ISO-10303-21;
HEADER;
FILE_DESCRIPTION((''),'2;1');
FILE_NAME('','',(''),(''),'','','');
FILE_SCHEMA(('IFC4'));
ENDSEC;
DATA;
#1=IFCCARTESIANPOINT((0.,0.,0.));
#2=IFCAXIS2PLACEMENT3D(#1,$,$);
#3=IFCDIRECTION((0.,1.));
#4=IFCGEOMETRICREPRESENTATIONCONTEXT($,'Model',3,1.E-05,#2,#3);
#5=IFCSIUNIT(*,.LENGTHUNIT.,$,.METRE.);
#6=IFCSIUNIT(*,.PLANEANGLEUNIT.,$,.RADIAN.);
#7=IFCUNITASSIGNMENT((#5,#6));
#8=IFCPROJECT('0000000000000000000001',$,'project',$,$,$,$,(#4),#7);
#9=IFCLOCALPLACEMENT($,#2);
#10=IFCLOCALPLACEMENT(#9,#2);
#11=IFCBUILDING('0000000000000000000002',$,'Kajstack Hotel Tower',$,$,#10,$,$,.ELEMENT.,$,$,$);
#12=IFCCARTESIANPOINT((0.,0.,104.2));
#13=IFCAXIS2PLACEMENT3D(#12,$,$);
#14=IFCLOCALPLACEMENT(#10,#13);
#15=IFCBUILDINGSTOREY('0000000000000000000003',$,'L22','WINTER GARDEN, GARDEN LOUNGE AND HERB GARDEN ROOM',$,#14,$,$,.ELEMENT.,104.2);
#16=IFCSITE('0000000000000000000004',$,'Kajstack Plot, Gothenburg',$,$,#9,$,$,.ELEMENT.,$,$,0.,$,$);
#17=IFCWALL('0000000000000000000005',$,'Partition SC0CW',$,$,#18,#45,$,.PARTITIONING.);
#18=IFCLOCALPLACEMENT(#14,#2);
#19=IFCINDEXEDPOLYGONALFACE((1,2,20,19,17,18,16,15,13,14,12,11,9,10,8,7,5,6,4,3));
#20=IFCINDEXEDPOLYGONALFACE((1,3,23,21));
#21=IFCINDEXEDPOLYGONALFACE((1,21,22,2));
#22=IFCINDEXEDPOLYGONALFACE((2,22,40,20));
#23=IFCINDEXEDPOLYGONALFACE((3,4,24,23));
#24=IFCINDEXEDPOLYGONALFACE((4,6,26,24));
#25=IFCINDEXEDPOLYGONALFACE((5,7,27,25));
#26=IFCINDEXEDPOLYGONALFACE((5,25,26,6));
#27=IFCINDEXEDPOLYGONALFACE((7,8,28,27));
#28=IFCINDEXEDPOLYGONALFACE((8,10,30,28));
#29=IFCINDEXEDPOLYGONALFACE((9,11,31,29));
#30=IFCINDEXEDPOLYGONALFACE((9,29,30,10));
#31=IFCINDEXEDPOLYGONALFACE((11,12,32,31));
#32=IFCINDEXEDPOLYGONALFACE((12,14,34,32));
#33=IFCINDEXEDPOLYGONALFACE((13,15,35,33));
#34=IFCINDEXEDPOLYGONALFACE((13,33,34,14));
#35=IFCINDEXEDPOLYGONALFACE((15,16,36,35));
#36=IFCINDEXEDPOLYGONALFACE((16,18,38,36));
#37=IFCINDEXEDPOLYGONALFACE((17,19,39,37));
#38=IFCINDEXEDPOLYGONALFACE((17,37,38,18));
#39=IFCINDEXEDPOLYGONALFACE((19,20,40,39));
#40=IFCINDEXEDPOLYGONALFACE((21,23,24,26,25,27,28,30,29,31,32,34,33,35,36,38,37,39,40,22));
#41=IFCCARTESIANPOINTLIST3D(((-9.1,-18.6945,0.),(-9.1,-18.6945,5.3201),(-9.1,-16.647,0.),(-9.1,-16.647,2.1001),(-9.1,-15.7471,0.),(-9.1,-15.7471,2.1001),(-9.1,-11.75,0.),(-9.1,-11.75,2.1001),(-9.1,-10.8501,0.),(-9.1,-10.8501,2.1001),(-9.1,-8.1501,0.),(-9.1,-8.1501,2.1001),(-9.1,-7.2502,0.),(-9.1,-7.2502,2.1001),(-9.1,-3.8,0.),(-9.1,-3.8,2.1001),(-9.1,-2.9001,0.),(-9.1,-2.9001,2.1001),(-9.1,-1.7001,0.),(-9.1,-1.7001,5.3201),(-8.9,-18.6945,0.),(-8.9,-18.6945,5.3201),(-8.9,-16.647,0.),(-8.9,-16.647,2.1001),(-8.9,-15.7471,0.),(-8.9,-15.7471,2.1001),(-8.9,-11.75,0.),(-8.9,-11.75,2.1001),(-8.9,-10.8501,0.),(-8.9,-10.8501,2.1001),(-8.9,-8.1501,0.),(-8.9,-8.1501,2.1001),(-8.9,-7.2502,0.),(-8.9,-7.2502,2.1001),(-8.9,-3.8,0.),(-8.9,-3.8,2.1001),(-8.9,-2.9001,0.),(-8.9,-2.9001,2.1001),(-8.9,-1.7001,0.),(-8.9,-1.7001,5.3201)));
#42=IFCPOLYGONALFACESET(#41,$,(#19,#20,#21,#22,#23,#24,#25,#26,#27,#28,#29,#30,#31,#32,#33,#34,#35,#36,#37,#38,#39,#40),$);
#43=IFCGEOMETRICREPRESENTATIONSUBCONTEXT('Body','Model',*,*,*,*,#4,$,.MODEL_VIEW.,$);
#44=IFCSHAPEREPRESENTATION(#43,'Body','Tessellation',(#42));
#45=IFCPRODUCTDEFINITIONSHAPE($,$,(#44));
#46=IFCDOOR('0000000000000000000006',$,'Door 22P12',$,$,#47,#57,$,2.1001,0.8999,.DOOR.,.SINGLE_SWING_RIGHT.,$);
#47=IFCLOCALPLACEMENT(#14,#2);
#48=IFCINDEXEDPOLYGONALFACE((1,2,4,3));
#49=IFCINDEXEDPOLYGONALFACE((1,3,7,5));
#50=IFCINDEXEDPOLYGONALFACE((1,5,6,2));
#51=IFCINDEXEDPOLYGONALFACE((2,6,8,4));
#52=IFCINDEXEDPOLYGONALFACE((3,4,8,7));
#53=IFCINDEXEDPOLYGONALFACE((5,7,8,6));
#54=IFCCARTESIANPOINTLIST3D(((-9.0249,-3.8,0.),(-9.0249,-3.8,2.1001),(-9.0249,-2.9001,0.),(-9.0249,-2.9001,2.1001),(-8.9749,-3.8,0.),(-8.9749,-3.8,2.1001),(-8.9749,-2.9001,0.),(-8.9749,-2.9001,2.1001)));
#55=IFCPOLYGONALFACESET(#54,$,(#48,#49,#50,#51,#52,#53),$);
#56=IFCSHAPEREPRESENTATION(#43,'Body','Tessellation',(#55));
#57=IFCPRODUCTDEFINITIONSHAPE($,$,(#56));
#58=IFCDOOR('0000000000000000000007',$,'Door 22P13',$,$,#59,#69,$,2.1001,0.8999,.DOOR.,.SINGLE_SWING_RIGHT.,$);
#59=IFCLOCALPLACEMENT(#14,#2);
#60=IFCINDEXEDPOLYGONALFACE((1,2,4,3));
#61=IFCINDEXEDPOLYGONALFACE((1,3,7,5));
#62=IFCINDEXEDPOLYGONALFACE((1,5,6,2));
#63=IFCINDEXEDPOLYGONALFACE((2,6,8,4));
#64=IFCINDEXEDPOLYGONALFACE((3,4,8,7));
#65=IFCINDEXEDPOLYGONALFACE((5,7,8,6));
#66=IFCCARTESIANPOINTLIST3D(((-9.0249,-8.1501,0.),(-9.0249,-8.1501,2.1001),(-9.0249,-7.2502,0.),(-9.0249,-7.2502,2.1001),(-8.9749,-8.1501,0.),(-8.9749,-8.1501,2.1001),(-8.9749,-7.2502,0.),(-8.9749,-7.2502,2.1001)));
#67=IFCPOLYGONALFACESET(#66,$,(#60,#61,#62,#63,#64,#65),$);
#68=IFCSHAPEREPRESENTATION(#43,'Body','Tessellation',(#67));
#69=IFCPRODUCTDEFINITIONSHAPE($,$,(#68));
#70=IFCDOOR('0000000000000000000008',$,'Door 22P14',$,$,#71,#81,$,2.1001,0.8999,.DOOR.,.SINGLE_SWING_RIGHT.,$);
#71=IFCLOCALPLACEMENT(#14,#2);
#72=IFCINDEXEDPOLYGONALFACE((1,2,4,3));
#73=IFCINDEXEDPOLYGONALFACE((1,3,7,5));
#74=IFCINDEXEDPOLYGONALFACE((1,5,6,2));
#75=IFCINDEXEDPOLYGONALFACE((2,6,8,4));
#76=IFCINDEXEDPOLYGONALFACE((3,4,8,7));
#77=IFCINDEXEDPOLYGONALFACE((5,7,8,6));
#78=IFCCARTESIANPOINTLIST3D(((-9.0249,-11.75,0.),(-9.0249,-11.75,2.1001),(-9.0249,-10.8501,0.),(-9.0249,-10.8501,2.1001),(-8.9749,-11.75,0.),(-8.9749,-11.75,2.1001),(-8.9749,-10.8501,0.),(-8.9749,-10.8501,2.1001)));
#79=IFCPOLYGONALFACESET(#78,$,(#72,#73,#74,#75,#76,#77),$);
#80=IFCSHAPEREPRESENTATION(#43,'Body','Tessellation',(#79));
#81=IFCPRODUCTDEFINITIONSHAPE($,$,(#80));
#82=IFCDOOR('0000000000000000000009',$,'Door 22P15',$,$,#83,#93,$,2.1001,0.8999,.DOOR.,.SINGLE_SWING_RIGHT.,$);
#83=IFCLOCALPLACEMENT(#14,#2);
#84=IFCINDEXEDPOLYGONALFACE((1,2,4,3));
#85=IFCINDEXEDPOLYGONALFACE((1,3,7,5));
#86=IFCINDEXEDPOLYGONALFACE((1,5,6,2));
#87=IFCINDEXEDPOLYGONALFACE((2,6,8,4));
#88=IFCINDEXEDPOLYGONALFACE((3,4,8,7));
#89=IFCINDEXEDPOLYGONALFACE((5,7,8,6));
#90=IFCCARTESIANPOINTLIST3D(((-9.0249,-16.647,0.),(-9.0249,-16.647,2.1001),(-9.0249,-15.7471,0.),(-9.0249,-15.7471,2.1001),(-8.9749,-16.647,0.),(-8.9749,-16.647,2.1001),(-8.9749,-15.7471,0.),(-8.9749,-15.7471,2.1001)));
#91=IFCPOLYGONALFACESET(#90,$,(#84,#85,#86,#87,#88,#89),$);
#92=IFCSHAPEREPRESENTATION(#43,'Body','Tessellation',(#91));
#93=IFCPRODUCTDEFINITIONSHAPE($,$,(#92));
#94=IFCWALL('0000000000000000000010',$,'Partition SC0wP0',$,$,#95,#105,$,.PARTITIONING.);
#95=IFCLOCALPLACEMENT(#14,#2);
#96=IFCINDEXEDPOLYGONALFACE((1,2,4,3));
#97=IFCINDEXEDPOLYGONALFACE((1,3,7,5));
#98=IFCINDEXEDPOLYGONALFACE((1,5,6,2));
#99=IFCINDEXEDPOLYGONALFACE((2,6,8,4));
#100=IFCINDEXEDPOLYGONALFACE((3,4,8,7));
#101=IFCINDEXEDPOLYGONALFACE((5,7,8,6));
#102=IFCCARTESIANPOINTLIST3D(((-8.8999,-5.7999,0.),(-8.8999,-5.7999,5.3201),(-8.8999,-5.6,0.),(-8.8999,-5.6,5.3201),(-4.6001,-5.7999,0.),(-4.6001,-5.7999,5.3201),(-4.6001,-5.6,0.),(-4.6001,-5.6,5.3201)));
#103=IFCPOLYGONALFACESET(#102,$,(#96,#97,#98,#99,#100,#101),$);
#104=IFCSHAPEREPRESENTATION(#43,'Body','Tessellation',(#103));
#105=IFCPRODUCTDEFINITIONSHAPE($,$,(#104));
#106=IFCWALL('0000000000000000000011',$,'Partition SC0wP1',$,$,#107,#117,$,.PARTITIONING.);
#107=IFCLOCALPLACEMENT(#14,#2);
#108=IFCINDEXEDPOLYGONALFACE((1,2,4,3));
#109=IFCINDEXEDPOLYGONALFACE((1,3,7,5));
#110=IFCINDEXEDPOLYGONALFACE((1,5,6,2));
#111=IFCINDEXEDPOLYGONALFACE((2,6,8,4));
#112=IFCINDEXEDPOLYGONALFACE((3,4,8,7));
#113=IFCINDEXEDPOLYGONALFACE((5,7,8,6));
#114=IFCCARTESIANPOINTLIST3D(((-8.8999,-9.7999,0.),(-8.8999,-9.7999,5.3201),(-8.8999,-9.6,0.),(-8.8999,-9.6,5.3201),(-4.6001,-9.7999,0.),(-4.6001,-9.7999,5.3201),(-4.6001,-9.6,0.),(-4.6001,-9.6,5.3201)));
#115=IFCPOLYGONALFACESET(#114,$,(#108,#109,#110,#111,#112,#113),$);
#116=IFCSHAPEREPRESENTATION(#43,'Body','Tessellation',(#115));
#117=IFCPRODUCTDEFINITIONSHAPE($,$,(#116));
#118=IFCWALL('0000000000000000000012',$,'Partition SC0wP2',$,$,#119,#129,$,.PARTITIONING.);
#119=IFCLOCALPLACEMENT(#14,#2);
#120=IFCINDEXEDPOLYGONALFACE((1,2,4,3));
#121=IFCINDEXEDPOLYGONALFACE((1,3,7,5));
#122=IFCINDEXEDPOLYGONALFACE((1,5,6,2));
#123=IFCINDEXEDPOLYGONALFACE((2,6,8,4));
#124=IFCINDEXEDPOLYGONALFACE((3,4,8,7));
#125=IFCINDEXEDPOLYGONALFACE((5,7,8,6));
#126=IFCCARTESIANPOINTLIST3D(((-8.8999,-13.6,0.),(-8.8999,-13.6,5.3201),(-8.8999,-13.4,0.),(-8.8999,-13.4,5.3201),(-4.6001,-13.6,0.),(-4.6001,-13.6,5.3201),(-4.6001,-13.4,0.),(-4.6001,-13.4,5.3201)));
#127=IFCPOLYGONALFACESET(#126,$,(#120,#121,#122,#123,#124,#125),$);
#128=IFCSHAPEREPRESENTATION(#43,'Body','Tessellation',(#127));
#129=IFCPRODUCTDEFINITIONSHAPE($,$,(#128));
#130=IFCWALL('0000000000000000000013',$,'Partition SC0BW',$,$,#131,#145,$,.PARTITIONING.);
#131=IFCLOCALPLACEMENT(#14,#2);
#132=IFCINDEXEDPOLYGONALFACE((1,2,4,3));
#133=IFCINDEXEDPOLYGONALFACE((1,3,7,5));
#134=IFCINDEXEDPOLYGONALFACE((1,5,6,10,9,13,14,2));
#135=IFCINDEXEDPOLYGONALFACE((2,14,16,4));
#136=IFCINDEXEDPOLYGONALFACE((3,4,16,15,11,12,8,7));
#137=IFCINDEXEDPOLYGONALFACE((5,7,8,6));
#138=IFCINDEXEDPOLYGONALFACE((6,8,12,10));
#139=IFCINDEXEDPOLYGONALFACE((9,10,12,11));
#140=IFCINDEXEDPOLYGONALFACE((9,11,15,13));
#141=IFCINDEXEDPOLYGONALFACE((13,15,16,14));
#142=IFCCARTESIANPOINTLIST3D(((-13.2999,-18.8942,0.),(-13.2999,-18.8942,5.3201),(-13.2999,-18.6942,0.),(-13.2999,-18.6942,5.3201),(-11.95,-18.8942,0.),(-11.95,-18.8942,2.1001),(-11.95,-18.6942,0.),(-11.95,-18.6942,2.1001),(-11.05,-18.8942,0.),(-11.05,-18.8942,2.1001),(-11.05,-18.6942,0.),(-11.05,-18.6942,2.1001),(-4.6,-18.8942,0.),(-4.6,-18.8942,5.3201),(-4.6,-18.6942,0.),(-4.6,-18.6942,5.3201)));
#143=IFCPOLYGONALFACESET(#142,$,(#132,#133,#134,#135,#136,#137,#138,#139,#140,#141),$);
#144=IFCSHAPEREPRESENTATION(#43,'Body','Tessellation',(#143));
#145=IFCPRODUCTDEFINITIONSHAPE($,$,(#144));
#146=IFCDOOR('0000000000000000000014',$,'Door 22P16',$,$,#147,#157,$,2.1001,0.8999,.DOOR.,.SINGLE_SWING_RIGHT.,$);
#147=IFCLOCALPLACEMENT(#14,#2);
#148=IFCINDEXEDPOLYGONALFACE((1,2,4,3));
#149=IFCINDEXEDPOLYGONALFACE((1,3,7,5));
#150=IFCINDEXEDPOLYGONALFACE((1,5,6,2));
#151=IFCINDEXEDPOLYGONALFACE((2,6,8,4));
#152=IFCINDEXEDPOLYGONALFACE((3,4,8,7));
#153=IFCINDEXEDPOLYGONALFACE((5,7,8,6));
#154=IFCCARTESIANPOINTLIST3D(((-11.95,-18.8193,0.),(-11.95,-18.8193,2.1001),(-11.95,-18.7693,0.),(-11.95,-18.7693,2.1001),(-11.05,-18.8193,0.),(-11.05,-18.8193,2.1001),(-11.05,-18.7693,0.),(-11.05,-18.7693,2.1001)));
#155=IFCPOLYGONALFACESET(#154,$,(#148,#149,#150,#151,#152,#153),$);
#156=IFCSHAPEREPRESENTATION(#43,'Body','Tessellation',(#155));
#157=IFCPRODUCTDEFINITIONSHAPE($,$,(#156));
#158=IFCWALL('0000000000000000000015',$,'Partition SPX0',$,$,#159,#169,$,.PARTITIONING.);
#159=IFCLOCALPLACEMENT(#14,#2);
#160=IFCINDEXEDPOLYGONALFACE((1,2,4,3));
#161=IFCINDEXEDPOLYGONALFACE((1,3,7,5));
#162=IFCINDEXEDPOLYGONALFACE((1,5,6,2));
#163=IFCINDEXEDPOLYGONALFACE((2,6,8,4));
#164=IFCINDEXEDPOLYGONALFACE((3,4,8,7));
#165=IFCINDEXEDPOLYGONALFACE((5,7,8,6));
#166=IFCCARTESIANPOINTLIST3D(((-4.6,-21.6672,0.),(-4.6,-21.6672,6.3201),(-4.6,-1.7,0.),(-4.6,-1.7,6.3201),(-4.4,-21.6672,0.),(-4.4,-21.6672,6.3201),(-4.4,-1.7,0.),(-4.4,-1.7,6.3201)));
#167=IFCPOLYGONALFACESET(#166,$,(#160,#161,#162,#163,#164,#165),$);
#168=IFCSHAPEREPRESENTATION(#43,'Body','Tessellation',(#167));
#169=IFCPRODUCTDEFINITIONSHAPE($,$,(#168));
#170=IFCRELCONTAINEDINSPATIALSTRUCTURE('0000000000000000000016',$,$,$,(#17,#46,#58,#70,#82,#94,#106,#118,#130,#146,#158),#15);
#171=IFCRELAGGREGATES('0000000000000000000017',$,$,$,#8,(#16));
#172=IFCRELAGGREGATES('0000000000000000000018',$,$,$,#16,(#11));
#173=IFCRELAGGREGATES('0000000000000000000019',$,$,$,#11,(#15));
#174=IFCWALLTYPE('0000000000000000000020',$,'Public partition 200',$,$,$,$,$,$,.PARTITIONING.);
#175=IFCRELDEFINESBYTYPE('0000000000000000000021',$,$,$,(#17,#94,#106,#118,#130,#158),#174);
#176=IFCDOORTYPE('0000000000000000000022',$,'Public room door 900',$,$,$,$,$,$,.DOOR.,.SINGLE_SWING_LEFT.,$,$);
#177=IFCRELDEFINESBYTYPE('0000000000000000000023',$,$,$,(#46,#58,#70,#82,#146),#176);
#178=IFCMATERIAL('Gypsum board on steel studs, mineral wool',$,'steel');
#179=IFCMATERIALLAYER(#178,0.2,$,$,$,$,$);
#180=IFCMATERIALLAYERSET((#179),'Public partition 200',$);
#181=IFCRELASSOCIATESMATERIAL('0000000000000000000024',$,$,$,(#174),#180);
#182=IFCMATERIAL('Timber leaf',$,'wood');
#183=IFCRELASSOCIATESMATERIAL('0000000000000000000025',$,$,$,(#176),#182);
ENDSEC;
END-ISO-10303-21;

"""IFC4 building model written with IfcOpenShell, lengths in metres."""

from ifc_helpers import new_model, si_unit, direction, frame, frame_2d, origin, place, context, subcontext, project, spatial, rectangle, extrude, material, layer, layer_set, type_object, element, fill, save


model = new_model("IFC4")

# Units and contexts
model_context = context("Model", 3, precision=1e-05, world=origin(), true_north=direction((0.0, 1.0)))
body_context = subcontext(model_context, "Body", "Model", "MODEL_VIEW")
ifc_project = project(units=[si_unit("LENGTHUNIT", "METRE"), si_unit("PLANEANGLEUNIT", "RADIAN")], contexts=[model_context])

# Site, building, storey
site_placement = place(None, origin())
site = spatial("IfcSite", under=ifc_project, at=site_placement, Name="Kajstack Plot, Gothenburg", CompositionType="ELEMENT", RefElevation=0.0)
building_placement = place(site_placement, origin())
building = spatial("IfcBuilding", under=site, at=building_placement, Name="Kajstack Hotel Tower", CompositionType="ELEMENT")
storey_placement = place(building_placement, frame((0.0, 0.0, 104.2)))
storey = spatial("IfcBuildingStorey", under=building, at=storey_placement, Name="L22", Description="WINTER GARDEN, GARDEN LOUNGE AND HERB GARDEN ROOM", CompositionType="ELEMENT", Elevation=104.2)

# Wall, openings, doors
ifc_material_1 = material(Name="Gypsum board on steel studs, mineral wool", Category="steel")
ifc_layer_1 = layer(ifc_material_1, 0.2)
ifc_layer_set_1 = layer_set([ifc_layer_1], Name="Public partition 200")
wall_type = type_object("IfcWallType", Name="Public partition 200", PredefinedType="PARTITIONING", material=ifc_layer_set_1)
wall_1_placement = place(storey_placement, frame((-9.0, -18.6943, 0.0), z_axis=(0.0, 0.0, 1.0), x_axis=(0.0, 1.0, 0.0)))
wall_1 = element("IfcWall", 1, at=wall_1_placement, inside=storey, type_object=wall_type, Name="Partition SC0CW", PredefinedType="PARTITIONING", context=body_context, shape_type="SweptSolid", body=[
    extrude(rectangle(XDim=16.9944, YDim=0.2, at=frame_2d((8.4971, 0.0))), origin(), (0.0, 0.0, 1.0), 5.3201),
])
opening_1_placement = place(wall_1_placement, frame((14.8943, 0.0, 0.0)))
opening_1 = element("IfcOpeningElement", 2, at=opening_1_placement, cuts=wall_1, PredefinedType="OPENING", context=body_context, shape_type="SweptSolid", body=[
    extrude(rectangle(XDim=0.8999, YDim=2.1001, at=frame_2d((0.45, 1.05))), frame((0.0, 0.1099, 0.0), z_axis=(0.0, -1.0, 0.0), x_axis=(1.0, 0.0, 0.0)), (0.0, 0.0, 1.0), 0.22),
])
opening_2_placement = place(wall_1_placement, frame((10.5442, 0.0, 0.0)))
opening_2 = element("IfcOpeningElement", 3, at=opening_2_placement, cuts=wall_1, PredefinedType="OPENING", context=body_context, shape_type="SweptSolid", body=[
    extrude(rectangle(XDim=0.8999, YDim=2.1001, at=frame_2d((0.45, 1.05))), frame((0.0, 0.1099, 0.0), z_axis=(0.0, -1.0, 0.0), x_axis=(1.0, 0.0, 0.0)), (0.0, 0.0, 1.0), 0.22),
])
opening_3_placement = place(wall_1_placement, frame((6.9443, 0.0, 0.0)))
opening_3 = element("IfcOpeningElement", 4, at=opening_3_placement, cuts=wall_1, PredefinedType="OPENING", context=body_context, shape_type="SweptSolid", body=[
    extrude(rectangle(XDim=0.8999, YDim=2.1001, at=frame_2d((0.45, 1.05))), frame((0.0, 0.1099, 0.0), z_axis=(0.0, -1.0, 0.0), x_axis=(1.0, 0.0, 0.0)), (0.0, 0.0, 1.0), 0.22),
])
opening_4_placement = place(wall_1_placement, frame((2.0474, 0.0, 0.0)))
opening_4 = element("IfcOpeningElement", 5, at=opening_4_placement, cuts=wall_1, PredefinedType="OPENING", context=body_context, shape_type="SweptSolid", body=[
    extrude(rectangle(XDim=0.8999, YDim=2.1001, at=frame_2d((0.45, 1.05))), frame((0.0, 0.1099, 0.0), z_axis=(0.0, -1.0, 0.0), x_axis=(1.0, 0.0, 0.0)), (0.0, 0.0, 1.0), 0.22),
])
ifc_material_2 = material(Name="Timber leaf", Category="wood")
door_type_1 = type_object("IfcDoorType", Name="Public room door 900", OperationType="SINGLE_SWING_LEFT", PredefinedType="DOOR", material=ifc_material_2)
door_1_placement = place(opening_1_placement, origin())
door_1 = element("IfcDoor", 6, at=door_1_placement, inside=storey, type_object=door_type_1, Name="Door 22P12", OperationType="SINGLE_SWING_RIGHT", OverallHeight=2.1001, OverallWidth=0.8999, PredefinedType="DOOR", context=body_context, shape_type="SweptSolid", body=[
    extrude(rectangle(XDim=0.8999, YDim=2.1001, at=frame_2d((0.45, 1.05))), frame((0.0, 0.0249, 0.0), z_axis=(0.0, -1.0, 0.0), x_axis=(1.0, 0.0, 0.0)), (0.0, 0.0, 1.0), 0.05),
])
fill(opening_1, door_1)
door_2_placement = place(opening_2_placement, origin())
door_2 = element("IfcDoor", 7, at=door_2_placement, inside=storey, type_object=door_type_1, Name="Door 22P13", OperationType="SINGLE_SWING_RIGHT", OverallHeight=2.1001, OverallWidth=0.8999, PredefinedType="DOOR", context=body_context, shape_type="SweptSolid", body=[
    extrude(rectangle(XDim=0.8999, YDim=2.1001, at=frame_2d((0.45, 1.05))), frame((0.0, 0.0249, 0.0), z_axis=(0.0, -1.0, 0.0), x_axis=(1.0, 0.0, 0.0)), (0.0, 0.0, 1.0), 0.05),
])
fill(opening_2, door_2)
door_3_placement = place(opening_3_placement, origin())
door_3 = element("IfcDoor", 8, at=door_3_placement, inside=storey, type_object=door_type_1, Name="Door 22P14", OperationType="SINGLE_SWING_RIGHT", OverallHeight=2.1001, OverallWidth=0.8999, PredefinedType="DOOR", context=body_context, shape_type="SweptSolid", body=[
    extrude(rectangle(XDim=0.8999, YDim=2.1001, at=frame_2d((0.45, 1.05))), frame((0.0, 0.0249, 0.0), z_axis=(0.0, -1.0, 0.0), x_axis=(1.0, 0.0, 0.0)), (0.0, 0.0, 1.0), 0.05),
])
fill(opening_3, door_3)
door_4_placement = place(opening_4_placement, origin())
door_4 = element("IfcDoor", 9, at=door_4_placement, inside=storey, type_object=door_type_1, Name="Door 22P15", OperationType="SINGLE_SWING_RIGHT", OverallHeight=2.1001, OverallWidth=0.8999, PredefinedType="DOOR", context=body_context, shape_type="SweptSolid", body=[
    extrude(rectangle(XDim=0.8999, YDim=2.1001, at=frame_2d((0.45, 1.05))), frame((0.0, 0.0249, 0.0), z_axis=(0.0, -1.0, 0.0), x_axis=(1.0, 0.0, 0.0)), (0.0, 0.0, 1.0), 0.05),
])
fill(opening_4, door_4)

# Walls
for number, where, z_axis, x_axis, name in (
    (10, (-8.8999, -5.7, 0.0), (0.0, 0.0, 1.0), (1.0, 0.0, 0.0), "Partition SC0wP0"),
    (11, (-8.8999, -9.7, 0.0), (0.0, 0.0, 1.0), (1.0, 0.0, 0.0), "Partition SC0wP1"),
    (12, (-8.8999, -13.5, 0.0), (0.0, 0.0, 1.0), (1.0, 0.0, 0.0), "Partition SC0wP2"),
):
    element("IfcWall", number, at=place(storey_placement, frame(where, z_axis=z_axis, x_axis=x_axis)), inside=storey, type_object=wall_type, Name=name, PredefinedType="PARTITIONING", context=body_context, shape_type="SweptSolid", body=[
        extrude(rectangle(XDim=4.2998, YDim=0.2, at=frame_2d((2.1499, 0.0))), origin(), (0.0, 0.0, 1.0), 5.3201),
    ])

# Wall, opening, door
wall_2_placement = place(storey_placement, frame((-13.3, -18.7942, 0.0), z_axis=(0.0, 0.0, 1.0), x_axis=(1.0, 0.0, 0.0)))
wall_2 = element("IfcWall", 13, at=wall_2_placement, inside=storey, type_object=wall_type, Name="Partition SC0BW", PredefinedType="PARTITIONING", context=body_context, shape_type="SweptSolid", body=[
    extrude(rectangle(XDim=8.7, YDim=0.2, at=frame_2d((4.3501, 0.0))), origin(), (0.0, 0.0, 1.0), 5.3201),
])
opening_5_placement = place(wall_2_placement, frame((1.3501, 0.0, 0.0)))
opening_5 = element("IfcOpeningElement", 14, at=opening_5_placement, cuts=wall_2, PredefinedType="OPENING", context=body_context, shape_type="SweptSolid", body=[
    extrude(rectangle(XDim=0.8999, YDim=2.1001, at=frame_2d((0.45, 1.05))), frame((0.0, 0.1099, 0.0), z_axis=(0.0, -1.0, 0.0), x_axis=(1.0, 0.0, 0.0)), (0.0, 0.0, 1.0), 0.22),
])
door_5_placement = place(opening_5_placement, origin())
door_5 = element("IfcDoor", 15, at=door_5_placement, inside=storey, type_object=door_type_1, Name="Door 22P16", OperationType="SINGLE_SWING_RIGHT", OverallHeight=2.1001, OverallWidth=0.8999, PredefinedType="DOOR", context=body_context, shape_type="SweptSolid", body=[
    extrude(rectangle(XDim=0.8999, YDim=2.1001, at=frame_2d((0.45, 1.05))), frame((0.0, 0.0249, 0.0), z_axis=(0.0, -1.0, 0.0), x_axis=(1.0, 0.0, 0.0)), (0.0, 0.0, 1.0), 0.05),
])
fill(opening_5, door_5)

# Wall
wall_3_placement = place(storey_placement, frame((-4.5, -21.6672, 0.0), z_axis=(0.0, 0.0, 1.0), x_axis=(0.0, 1.0, 0.0)))
element("IfcWall", 16, at=wall_3_placement, inside=storey, type_object=wall_type, Name="Partition SPX0", PredefinedType="PARTITIONING", context=body_context, shape_type="SweptSolid", body=[
    extrude(rectangle(XDim=19.9673, YDim=0.2, at=frame_2d((9.9836, 0.0))), origin(), (0.0, 0.0, 1.0), 6.3201),
])

save(model, "model.ifc")
